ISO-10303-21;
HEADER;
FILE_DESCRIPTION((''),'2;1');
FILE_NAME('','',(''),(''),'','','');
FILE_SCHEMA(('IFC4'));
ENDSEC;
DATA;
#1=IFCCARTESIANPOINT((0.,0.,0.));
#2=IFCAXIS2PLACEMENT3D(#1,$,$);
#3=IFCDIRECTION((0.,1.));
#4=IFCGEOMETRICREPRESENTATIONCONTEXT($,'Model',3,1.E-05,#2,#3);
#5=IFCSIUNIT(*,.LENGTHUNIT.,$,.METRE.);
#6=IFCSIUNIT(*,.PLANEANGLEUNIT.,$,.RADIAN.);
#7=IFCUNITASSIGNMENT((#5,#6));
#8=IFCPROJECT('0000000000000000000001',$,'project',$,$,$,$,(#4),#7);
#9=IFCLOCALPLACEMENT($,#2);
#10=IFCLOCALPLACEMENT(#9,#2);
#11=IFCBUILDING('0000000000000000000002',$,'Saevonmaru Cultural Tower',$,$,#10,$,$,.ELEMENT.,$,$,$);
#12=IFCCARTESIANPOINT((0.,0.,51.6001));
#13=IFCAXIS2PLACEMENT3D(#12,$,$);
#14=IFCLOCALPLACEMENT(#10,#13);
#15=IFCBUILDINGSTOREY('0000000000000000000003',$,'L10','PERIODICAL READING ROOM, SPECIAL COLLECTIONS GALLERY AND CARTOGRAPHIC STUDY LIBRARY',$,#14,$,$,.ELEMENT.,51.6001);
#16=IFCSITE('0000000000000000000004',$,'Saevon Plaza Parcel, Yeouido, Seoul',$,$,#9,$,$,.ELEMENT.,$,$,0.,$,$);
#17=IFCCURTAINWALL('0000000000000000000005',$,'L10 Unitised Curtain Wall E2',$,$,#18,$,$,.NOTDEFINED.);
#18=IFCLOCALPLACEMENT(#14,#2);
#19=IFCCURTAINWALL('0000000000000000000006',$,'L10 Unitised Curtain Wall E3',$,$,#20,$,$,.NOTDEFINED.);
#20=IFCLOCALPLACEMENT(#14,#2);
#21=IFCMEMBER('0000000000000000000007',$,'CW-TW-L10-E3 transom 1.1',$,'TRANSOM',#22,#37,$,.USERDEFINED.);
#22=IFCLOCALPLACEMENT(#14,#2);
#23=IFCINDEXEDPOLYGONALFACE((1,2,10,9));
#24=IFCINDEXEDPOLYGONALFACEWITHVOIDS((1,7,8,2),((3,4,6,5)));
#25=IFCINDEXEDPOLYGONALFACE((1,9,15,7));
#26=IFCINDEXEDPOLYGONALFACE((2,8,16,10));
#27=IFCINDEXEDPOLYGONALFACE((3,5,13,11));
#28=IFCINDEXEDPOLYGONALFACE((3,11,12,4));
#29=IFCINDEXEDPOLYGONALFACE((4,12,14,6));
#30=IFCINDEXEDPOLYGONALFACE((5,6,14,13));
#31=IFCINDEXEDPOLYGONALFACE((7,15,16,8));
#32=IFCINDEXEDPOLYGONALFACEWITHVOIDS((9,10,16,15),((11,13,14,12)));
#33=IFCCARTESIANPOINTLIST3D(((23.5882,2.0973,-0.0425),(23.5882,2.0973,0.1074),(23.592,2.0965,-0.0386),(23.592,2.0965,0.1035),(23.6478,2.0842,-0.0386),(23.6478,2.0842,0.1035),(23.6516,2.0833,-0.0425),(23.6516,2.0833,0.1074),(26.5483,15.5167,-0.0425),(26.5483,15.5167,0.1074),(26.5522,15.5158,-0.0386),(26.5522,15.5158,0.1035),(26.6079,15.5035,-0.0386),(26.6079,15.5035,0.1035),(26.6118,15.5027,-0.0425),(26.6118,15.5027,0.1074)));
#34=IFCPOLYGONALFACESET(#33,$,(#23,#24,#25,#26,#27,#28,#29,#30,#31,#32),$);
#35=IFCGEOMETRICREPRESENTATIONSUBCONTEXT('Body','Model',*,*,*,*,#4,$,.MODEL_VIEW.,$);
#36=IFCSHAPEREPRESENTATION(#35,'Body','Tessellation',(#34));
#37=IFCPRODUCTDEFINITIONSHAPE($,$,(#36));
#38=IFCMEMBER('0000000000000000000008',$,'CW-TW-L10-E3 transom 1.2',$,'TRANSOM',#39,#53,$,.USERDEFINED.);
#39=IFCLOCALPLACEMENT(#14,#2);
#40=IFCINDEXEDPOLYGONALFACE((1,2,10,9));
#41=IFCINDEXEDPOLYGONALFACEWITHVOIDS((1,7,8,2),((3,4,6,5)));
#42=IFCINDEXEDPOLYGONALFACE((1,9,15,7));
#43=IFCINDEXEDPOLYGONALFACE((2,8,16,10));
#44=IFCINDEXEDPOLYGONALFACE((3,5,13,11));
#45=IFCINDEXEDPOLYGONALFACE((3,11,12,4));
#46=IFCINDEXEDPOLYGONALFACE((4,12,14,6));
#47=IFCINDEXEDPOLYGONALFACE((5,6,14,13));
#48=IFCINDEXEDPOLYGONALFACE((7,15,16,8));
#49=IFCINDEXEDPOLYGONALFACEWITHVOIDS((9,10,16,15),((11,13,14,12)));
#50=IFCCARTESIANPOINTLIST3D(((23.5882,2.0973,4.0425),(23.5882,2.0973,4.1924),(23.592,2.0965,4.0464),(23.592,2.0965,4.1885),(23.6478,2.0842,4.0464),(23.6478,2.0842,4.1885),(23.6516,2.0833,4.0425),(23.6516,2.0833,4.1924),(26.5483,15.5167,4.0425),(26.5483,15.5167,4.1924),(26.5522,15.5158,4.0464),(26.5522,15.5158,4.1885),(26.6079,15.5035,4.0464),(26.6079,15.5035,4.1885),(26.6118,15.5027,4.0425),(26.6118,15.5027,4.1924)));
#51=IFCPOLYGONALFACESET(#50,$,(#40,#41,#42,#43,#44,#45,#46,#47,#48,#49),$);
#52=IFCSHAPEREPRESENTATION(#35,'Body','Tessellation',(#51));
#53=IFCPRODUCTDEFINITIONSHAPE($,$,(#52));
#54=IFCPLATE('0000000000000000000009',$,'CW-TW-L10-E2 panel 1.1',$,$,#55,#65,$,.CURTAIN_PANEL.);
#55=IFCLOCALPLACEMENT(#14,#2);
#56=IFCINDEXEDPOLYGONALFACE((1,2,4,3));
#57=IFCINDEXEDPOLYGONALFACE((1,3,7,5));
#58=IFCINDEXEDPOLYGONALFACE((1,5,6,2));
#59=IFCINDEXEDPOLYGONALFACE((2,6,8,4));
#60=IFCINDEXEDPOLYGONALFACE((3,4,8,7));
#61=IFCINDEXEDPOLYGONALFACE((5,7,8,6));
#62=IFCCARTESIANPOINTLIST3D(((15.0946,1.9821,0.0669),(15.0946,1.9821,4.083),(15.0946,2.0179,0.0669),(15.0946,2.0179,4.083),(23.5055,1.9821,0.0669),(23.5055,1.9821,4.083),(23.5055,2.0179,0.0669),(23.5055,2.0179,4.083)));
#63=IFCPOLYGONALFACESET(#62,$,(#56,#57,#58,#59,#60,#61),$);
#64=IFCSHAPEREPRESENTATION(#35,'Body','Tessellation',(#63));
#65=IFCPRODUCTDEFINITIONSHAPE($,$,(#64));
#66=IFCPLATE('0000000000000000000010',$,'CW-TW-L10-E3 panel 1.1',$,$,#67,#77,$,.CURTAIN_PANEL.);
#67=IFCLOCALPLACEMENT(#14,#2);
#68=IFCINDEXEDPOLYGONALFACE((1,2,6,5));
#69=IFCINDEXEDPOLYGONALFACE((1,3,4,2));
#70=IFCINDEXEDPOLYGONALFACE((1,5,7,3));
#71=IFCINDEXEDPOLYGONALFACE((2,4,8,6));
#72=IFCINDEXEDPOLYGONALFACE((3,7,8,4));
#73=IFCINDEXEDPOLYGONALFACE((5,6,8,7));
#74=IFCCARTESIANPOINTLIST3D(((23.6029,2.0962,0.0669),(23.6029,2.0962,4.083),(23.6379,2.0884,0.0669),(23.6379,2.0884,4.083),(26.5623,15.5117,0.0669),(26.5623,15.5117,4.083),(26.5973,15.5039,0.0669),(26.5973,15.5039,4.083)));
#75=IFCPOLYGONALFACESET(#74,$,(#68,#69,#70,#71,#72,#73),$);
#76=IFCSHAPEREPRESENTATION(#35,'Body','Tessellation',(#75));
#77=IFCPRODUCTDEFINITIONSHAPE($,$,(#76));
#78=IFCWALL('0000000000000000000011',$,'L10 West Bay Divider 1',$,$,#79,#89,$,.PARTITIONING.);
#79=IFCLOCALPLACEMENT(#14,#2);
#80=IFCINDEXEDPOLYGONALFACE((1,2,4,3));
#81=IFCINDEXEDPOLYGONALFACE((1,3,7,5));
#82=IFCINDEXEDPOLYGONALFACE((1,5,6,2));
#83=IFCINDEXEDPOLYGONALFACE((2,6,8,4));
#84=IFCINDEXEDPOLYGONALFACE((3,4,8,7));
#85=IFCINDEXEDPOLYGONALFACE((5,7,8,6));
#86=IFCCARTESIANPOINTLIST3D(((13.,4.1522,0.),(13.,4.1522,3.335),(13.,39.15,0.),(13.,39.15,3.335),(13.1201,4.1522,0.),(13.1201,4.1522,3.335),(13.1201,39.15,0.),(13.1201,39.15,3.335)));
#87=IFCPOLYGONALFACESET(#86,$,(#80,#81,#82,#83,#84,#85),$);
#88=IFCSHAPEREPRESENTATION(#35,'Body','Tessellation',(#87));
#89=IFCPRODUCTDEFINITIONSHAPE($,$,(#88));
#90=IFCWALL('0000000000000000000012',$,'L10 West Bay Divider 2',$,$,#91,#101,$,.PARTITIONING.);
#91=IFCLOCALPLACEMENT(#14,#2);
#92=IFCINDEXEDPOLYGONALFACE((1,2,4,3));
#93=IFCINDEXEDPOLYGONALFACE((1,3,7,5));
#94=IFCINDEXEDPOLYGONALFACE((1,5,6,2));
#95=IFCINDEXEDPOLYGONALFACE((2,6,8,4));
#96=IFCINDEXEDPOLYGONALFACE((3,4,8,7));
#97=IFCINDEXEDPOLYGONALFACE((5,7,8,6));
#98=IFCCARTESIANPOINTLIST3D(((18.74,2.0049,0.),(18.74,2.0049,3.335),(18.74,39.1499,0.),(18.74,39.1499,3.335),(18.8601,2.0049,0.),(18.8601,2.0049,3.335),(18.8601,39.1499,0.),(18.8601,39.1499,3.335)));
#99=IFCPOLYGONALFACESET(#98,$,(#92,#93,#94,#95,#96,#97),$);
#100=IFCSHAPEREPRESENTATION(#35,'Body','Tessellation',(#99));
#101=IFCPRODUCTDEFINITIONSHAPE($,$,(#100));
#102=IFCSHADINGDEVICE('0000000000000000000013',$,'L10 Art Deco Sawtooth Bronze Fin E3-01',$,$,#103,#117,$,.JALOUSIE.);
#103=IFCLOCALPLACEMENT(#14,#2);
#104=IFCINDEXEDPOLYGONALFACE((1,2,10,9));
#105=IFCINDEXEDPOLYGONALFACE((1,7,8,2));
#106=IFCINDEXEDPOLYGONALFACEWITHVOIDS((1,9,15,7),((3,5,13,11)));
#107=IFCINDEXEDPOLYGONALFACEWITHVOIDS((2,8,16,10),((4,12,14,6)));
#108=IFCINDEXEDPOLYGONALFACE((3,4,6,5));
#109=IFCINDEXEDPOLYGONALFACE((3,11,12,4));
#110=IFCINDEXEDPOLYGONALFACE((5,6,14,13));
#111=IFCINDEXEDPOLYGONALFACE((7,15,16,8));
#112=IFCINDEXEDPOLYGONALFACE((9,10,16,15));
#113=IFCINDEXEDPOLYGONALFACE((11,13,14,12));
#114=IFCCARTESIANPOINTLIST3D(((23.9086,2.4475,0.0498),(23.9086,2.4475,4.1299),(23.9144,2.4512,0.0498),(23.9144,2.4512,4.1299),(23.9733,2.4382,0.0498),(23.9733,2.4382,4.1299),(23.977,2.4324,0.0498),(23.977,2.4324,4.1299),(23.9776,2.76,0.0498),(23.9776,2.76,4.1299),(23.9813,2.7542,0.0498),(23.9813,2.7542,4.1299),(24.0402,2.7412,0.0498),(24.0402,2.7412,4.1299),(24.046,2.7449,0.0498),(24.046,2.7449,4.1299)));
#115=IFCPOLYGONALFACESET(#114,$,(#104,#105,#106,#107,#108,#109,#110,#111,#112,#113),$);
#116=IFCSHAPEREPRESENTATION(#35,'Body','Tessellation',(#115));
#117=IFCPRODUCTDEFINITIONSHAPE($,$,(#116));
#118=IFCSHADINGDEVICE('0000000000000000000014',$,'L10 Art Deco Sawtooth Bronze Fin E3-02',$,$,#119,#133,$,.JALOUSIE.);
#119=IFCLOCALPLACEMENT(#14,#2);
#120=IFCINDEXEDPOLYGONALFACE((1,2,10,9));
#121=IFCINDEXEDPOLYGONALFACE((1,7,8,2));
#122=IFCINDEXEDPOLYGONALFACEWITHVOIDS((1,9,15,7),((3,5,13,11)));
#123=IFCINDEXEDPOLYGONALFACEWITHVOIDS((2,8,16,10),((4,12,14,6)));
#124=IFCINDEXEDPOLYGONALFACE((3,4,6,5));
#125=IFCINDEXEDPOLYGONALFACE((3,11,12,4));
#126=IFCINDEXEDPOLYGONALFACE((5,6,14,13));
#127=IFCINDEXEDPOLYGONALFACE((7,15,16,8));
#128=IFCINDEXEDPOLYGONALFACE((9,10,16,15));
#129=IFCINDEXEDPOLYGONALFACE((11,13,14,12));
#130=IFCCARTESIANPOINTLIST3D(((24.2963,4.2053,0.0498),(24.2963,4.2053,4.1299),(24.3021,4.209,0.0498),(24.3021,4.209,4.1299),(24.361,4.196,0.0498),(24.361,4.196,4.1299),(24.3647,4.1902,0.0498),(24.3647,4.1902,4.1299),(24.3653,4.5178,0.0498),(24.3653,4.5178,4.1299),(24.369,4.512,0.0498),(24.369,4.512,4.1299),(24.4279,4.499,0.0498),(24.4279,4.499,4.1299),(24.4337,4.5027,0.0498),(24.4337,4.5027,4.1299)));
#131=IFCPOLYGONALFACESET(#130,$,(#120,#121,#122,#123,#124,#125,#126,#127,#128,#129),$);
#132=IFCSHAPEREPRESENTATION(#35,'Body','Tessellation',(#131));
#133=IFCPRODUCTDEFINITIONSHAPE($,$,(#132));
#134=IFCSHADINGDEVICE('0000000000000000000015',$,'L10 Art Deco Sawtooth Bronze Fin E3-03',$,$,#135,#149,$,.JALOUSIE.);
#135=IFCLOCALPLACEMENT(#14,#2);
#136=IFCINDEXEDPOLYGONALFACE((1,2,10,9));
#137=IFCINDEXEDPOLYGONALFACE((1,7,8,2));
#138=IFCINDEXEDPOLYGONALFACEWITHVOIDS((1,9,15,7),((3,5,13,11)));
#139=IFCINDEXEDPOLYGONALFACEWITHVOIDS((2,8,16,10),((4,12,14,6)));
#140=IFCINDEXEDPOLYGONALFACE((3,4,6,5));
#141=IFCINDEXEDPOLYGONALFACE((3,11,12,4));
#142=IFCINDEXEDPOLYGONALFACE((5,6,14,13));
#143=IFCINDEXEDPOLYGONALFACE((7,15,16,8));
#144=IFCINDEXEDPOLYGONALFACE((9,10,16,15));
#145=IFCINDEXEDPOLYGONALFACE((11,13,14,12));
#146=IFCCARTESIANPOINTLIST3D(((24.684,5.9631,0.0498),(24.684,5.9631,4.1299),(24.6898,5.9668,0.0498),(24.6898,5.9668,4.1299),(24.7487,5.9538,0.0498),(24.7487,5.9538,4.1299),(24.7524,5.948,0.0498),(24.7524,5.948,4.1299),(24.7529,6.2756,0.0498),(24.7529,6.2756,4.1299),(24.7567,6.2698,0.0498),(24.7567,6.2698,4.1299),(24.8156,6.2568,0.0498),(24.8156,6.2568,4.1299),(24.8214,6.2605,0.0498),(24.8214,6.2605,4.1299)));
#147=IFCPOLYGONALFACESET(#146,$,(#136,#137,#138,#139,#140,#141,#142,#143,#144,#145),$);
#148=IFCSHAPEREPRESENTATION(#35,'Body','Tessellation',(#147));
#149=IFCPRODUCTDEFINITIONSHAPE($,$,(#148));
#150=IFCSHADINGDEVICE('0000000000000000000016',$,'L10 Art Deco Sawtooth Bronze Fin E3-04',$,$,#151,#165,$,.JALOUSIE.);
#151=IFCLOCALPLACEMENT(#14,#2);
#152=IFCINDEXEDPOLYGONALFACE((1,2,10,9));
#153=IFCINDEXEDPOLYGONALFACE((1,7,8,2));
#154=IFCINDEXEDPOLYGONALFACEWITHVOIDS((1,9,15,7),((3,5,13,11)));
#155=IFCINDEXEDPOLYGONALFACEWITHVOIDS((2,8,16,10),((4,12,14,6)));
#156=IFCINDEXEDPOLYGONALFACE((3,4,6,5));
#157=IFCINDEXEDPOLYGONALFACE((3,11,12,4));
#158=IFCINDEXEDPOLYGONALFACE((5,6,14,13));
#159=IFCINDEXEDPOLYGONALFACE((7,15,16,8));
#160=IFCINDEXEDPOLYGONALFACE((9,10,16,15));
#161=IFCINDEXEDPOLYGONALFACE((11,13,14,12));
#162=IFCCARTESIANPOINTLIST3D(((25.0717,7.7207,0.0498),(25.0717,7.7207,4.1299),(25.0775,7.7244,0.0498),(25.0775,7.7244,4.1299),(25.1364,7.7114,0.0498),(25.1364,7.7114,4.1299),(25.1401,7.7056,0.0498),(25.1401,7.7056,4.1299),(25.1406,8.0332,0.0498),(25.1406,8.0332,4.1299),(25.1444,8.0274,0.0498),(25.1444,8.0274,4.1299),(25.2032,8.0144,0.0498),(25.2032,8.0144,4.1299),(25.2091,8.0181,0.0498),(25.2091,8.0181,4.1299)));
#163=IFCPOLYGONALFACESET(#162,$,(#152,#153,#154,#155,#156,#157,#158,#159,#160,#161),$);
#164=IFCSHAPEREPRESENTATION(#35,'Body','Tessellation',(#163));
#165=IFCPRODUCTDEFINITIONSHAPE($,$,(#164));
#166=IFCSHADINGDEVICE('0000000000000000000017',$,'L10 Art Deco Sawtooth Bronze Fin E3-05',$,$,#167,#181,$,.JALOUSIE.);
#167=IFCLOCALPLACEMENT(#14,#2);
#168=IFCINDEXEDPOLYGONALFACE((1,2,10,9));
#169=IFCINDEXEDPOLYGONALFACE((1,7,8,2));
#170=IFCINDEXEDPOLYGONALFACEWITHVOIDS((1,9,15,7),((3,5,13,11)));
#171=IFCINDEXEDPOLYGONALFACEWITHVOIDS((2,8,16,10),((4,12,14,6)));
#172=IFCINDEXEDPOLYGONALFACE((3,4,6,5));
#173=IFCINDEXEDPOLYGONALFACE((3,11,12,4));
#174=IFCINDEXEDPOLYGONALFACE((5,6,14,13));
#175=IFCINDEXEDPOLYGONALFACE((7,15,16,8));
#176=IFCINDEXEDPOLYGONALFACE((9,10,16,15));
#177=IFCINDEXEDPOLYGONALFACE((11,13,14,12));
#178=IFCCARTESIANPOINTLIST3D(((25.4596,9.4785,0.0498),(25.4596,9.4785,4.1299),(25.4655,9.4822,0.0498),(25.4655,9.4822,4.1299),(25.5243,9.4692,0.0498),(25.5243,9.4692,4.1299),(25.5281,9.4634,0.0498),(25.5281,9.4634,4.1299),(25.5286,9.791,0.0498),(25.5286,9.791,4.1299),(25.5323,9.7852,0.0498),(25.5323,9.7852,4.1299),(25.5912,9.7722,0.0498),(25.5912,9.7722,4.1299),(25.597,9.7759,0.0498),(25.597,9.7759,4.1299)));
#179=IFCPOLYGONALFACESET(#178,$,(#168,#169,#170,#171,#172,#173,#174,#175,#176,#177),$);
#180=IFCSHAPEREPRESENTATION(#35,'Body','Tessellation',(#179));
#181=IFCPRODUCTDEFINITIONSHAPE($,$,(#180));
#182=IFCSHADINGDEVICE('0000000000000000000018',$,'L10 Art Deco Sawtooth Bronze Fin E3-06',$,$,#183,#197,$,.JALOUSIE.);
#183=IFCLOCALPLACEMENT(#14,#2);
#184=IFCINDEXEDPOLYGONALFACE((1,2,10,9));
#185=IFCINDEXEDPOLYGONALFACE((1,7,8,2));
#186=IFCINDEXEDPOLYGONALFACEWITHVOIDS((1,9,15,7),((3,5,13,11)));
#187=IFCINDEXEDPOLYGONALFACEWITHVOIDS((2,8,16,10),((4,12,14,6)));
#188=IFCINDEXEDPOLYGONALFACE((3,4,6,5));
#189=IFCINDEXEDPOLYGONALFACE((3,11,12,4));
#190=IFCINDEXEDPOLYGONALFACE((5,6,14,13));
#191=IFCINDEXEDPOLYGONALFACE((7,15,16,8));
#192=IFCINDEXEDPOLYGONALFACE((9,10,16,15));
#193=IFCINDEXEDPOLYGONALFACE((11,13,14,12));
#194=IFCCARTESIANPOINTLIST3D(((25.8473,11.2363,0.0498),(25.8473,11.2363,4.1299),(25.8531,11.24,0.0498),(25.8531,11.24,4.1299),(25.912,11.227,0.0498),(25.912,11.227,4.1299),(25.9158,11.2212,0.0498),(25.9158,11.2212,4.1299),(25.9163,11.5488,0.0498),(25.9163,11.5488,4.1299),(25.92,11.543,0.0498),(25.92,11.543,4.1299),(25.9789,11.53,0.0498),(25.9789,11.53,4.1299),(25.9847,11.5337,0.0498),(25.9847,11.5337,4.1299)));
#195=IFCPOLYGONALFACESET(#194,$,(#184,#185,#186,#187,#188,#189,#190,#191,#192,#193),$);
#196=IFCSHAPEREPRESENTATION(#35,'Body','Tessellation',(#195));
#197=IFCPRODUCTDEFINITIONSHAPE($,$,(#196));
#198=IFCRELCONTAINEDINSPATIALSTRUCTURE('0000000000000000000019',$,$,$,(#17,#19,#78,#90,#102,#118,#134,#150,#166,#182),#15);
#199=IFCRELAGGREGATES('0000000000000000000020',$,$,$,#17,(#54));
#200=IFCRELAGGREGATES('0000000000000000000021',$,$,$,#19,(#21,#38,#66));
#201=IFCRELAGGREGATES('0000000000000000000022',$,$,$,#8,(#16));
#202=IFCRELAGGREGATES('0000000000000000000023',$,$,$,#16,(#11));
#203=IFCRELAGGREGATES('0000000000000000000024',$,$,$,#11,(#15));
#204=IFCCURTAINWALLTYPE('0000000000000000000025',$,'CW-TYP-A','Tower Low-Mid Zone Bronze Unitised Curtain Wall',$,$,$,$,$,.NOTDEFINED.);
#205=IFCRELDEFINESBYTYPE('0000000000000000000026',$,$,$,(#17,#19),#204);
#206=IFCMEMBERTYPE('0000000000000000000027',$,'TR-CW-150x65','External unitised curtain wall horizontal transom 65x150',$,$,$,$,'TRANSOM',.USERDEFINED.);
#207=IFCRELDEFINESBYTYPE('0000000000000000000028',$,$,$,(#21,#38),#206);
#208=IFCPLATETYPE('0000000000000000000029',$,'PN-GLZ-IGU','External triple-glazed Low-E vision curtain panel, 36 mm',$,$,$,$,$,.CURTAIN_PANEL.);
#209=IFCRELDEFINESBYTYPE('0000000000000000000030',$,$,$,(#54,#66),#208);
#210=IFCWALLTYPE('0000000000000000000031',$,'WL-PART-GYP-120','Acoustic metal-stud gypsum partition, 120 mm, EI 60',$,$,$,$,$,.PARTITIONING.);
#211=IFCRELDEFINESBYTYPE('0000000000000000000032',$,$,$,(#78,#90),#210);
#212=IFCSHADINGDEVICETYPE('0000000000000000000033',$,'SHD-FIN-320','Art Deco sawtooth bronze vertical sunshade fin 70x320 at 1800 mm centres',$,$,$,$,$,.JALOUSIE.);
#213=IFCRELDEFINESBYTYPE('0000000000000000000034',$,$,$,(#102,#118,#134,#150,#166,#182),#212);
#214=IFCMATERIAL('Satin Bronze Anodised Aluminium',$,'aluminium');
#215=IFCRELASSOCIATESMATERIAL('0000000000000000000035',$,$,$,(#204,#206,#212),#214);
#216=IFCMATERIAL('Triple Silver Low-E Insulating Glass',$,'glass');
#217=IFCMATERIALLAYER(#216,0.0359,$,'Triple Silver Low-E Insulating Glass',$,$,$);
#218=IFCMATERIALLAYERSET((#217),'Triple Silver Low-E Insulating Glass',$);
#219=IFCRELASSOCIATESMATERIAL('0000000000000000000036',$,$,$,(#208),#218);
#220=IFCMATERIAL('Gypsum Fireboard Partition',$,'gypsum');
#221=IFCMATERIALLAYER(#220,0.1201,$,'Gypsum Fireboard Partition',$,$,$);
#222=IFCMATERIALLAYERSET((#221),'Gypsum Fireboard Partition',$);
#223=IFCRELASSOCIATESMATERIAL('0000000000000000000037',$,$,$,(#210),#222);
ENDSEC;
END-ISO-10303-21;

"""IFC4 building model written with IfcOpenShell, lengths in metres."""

from ifc_helpers import new_model, si_unit, direction, frame, frame_2d, origin, origin_2d, place, context, subcontext, project, spatial, rectangle, hollow_rectangle, extrude, material, layer, layer_set, material_profile, profile_set, type_object, element, aggregate, save


model = new_model("IFC4")

# Units and contexts
model_context = context("Model", 3, precision=1e-05, world=origin(), true_north=direction((0.0, 1.0)))
body_context = subcontext(model_context, "Body", "Model", "MODEL_VIEW")
ifc_project = project(units=[si_unit("LENGTHUNIT", "METRE"), si_unit("PLANEANGLEUNIT", "RADIAN")], contexts=[model_context])

# Site, building, storey
site_placement = place(None, origin())
site = spatial("IfcSite", under=ifc_project, at=site_placement, Name="Saevon Plaza Parcel, Yeouido, Seoul", CompositionType="ELEMENT", RefElevation=0.0)
building_placement = place(site_placement, origin())
building = spatial("IfcBuilding", under=site, at=building_placement, Name="Saevonmaru Cultural Tower", CompositionType="ELEMENT")
storey_placement = place(building_placement, frame((0.0, 0.0, 51.6001)))
storey = spatial("IfcBuildingStorey", under=building, at=storey_placement, Name="L10", Description="PERIODICAL READING ROOM, SPECIAL COLLECTIONS GALLERY AND CARTOGRAPHIC STUDY LIBRARY", CompositionType="ELEMENT", Elevation=51.6001)

# Curtain wall
ifc_material_1 = material(Name="Satin Bronze Anodised Aluminium", Category="aluminium")
curtain_wall_type = type_object("IfcCurtainWallType", Name="CW-TYP-A", Description="Tower Low-Mid Zone Bronze Unitised Curtain Wall", PredefinedType="NOTDEFINED", material=ifc_material_1)
curtain_wall_1_placement = place(storey_placement, origin())
curtain_wall_1 = element("IfcCurtainWall", 1, at=curtain_wall_1_placement, inside=storey, type_object=curtain_wall_type, Name="L10 Unitised Curtain Wall E2", PredefinedType="NOTDEFINED")

# Curtain wall
curtain_wall_2_placement = place(storey_placement, origin())
curtain_wall_2 = element("IfcCurtainWall", 2, at=curtain_wall_2_placement, inside=storey, type_object=curtain_wall_type, Name="L10 Unitised Curtain Wall E3", PredefinedType="NOTDEFINED")

# Members
ifc_material_profile_1 = material_profile(ifc_material_1, hollow_rectangle(XDim=0.0649, YDim=0.1499, WallThickness=0.0039, at=origin_2d()), Name="ALU-TRAN-150x65x4")
ifc_profile_set_1 = profile_set([ifc_material_profile_1], Name="Satin Bronze Anodised Aluminium")
member_type_1 = type_object("IfcMemberType", Name="TR-CW-150x65", Description="External unitised curtain wall horizontal transom 65x150", ElementType="TRANSOM", PredefinedType="USERDEFINED", material=ifc_profile_set_1)
member_1_placement = place(storey_placement, frame((23.6199, 2.0903, 0.0325), z_axis=(0.215412, 0.976523, 0.0), x_axis=(-0.976523, 0.215412, 0.0)))
member_1 = element("IfcMember", 3, at=member_1_placement, type_object=member_type_1, Name="CW-TW-L10-E3 transom 1.1", ObjectType="TRANSOM", PredefinedType="USERDEFINED", context=body_context, shape_type="SweptSolid", body=[
    extrude(hollow_rectangle(XDim=0.0649, YDim=0.1499, WallThickness=0.0039, at=origin_2d()), origin(), (0.0, 0.0, 1.0), 13.7419),
])
member_2_placement = place(storey_placement, frame((23.6199, 2.0903, 4.1174), z_axis=(0.215412, 0.976523, 0.0), x_axis=(-0.976523, 0.215412, 0.0)))
member_2 = element("IfcMember", 4, at=member_2_placement, type_object=member_type_1, Name="CW-TW-L10-E3 transom 1.2", ObjectType="TRANSOM", PredefinedType="USERDEFINED", context=body_context, shape_type="SweptSolid", body=[
    extrude(hollow_rectangle(XDim=0.0649, YDim=0.1499, WallThickness=0.0039, at=origin_2d()), origin(), (0.0, 0.0, 1.0), 13.7419),
])

# Plates
ifc_material_2 = material(Name="Triple Silver Low-E Insulating Glass", Category="glass")
ifc_layer_1 = layer(ifc_material_2, 0.0359, Name="Triple Silver Low-E Insulating Glass")
ifc_layer_set_1 = layer_set([ifc_layer_1], Name="Triple Silver Low-E Insulating Glass")
plate_type = type_object("IfcPlateType", Name="PN-GLZ-IGU", Description="External triple-glazed Low-E vision curtain panel, 36 mm", PredefinedType="CURTAIN_PANEL", material=ifc_layer_set_1)
plate_1_placement = place(storey_placement, frame((19.3, 2.0, 0.0669), z_axis=(0.0, 0.0, 1.0), x_axis=(1.0, 0.0, 0.0)))
plate_1 = element("IfcPlate", 5, at=plate_1_placement, type_object=plate_type, Name="CW-TW-L10-E2 panel 1.1", PredefinedType="CURTAIN_PANEL", context=body_context, shape_type="SweptSolid", body=[
    extrude(rectangle(XDim=8.4109, YDim=0.0359, at=origin_2d()), origin(), (0.0, 0.0, 1.0), 4.0161),
])
aggregate(curtain_wall_1, [plate_1])
plate_2_placement = place(storey_placement, frame((25.1001, 8.8, 0.0669), z_axis=(0.0, 0.0, 1.0), x_axis=(0.215413, 0.976523, 0.0)))
plate_2 = element("IfcPlate", 6, at=plate_2_placement, type_object=plate_type, Name="CW-TW-L10-E3 panel 1.1", PredefinedType="CURTAIN_PANEL", context=body_context, shape_type="SweptSolid", body=[
    extrude(rectangle(XDim=13.738, YDim=0.0359, at=origin_2d()), origin(), (0.0, 0.0, 1.0), 4.0161),
])
aggregate(curtain_wall_2, [member_1, member_2, plate_2])

# Walls
ifc_material_3 = material(Name="Gypsum Fireboard Partition", Category="gypsum")
ifc_layer_2 = layer(ifc_material_3, 0.1201, Name="Gypsum Fireboard Partition")
ifc_layer_set_2 = layer_set([ifc_layer_2], Name="Gypsum Fireboard Partition")
wall_type = type_object("IfcWallType", Name="WL-PART-GYP-120", Description="Acoustic metal-stud gypsum partition, 120 mm, EI 60", PredefinedType="PARTITIONING", material=ifc_layer_set_2)
wall_1_placement = place(storey_placement, frame((13.0601, 4.1521, 0.0), z_axis=(0.0, 0.0, 1.0), x_axis=(0.0, 1.0, 0.0)))
element("IfcWall", 7, at=wall_1_placement, inside=storey, type_object=wall_type, Name="L10 West Bay Divider 1", PredefinedType="PARTITIONING", context=body_context, shape_type="SweptSolid", body=[
    extrude(rectangle(XDim=34.9978, YDim=0.1201, at=frame_2d((17.499, 0.0))), origin(), (0.0, 0.0, 1.0), 3.335),
])
wall_2_placement = place(storey_placement, frame((18.8, 2.0049, 0.0), z_axis=(0.0, 0.0, 1.0), x_axis=(0.0, 1.0, 0.0)))
element("IfcWall", 8, at=wall_2_placement, inside=storey, type_object=wall_type, Name="L10 West Bay Divider 2", PredefinedType="PARTITIONING", context=body_context, shape_type="SweptSolid", body=[
    extrude(rectangle(XDim=37.145, YDim=0.1201, at=frame_2d((18.5725, 0.0))), origin(), (0.0, 0.0, 1.0), 3.335),
])

# Shading devices
ifc_material_profile_2 = material_profile(ifc_material_1, hollow_rectangle(XDim=0.0701, YDim=0.3201, WallThickness=0.0049, at=origin_2d()), Name="FIN-320x70")
ifc_profile_set_2 = profile_set([ifc_material_profile_2], Name="Satin Bronze Anodised Aluminium")
shading_device_type = type_object("IfcShadingDeviceType", Name="SHD-FIN-320", Description="Art Deco sawtooth bronze vertical sunshade fin 70x320 at 1800 mm centres", PredefinedType="JALOUSIE", material=ifc_profile_set_2)
for number, where, z_axis, x_axis, name in (
    (9, (23.9773, 2.5962, 0.0498), (0.0, 0.0, 1.0), (0.976522, -0.215417, 0.0), "L10 Art Deco Sawtooth Bronze Fin E3-01"),
    (10, (24.365, 4.354, 0.0498), (0.0, 0.0, 1.0), (0.976522, -0.215417, 0.0), "L10 Art Deco Sawtooth Bronze Fin E3-02"),
    (11, (24.7527, 6.1118, 0.0498), (0.0, 0.0, 1.0), (0.976522, -0.215417, 0.0), "L10 Art Deco Sawtooth Bronze Fin E3-03"),
    (12, (25.1404, 7.8694, 0.0498), (0.0, 0.0, 1.0), (0.976522, -0.215417, 0.0), "L10 Art Deco Sawtooth Bronze Fin E3-04"),
    (13, (25.5283, 9.6272, 0.0498), (0.0, 0.0, 1.0), (0.976522, -0.215417, 0.0), "L10 Art Deco Sawtooth Bronze Fin E3-05"),
    (14, (25.916, 11.385, 0.0498), (0.0, 0.0, 1.0), (0.976522, -0.215417, 0.0), "L10 Art Deco Sawtooth Bronze Fin E3-06"),
):
    element("IfcShadingDevice", number, at=place(storey_placement, frame(where, z_axis=z_axis, x_axis=x_axis)), inside=storey, type_object=shading_device_type, Name=name, PredefinedType="JALOUSIE", context=body_context, shape_type="SweptSolid", body=[
        extrude(hollow_rectangle(XDim=0.0701, YDim=0.3201, WallThickness=0.0049, at=origin_2d()), origin(), (0.0, 0.0, 1.0), 4.0801),
    ])

save(model, "model.ifc")
